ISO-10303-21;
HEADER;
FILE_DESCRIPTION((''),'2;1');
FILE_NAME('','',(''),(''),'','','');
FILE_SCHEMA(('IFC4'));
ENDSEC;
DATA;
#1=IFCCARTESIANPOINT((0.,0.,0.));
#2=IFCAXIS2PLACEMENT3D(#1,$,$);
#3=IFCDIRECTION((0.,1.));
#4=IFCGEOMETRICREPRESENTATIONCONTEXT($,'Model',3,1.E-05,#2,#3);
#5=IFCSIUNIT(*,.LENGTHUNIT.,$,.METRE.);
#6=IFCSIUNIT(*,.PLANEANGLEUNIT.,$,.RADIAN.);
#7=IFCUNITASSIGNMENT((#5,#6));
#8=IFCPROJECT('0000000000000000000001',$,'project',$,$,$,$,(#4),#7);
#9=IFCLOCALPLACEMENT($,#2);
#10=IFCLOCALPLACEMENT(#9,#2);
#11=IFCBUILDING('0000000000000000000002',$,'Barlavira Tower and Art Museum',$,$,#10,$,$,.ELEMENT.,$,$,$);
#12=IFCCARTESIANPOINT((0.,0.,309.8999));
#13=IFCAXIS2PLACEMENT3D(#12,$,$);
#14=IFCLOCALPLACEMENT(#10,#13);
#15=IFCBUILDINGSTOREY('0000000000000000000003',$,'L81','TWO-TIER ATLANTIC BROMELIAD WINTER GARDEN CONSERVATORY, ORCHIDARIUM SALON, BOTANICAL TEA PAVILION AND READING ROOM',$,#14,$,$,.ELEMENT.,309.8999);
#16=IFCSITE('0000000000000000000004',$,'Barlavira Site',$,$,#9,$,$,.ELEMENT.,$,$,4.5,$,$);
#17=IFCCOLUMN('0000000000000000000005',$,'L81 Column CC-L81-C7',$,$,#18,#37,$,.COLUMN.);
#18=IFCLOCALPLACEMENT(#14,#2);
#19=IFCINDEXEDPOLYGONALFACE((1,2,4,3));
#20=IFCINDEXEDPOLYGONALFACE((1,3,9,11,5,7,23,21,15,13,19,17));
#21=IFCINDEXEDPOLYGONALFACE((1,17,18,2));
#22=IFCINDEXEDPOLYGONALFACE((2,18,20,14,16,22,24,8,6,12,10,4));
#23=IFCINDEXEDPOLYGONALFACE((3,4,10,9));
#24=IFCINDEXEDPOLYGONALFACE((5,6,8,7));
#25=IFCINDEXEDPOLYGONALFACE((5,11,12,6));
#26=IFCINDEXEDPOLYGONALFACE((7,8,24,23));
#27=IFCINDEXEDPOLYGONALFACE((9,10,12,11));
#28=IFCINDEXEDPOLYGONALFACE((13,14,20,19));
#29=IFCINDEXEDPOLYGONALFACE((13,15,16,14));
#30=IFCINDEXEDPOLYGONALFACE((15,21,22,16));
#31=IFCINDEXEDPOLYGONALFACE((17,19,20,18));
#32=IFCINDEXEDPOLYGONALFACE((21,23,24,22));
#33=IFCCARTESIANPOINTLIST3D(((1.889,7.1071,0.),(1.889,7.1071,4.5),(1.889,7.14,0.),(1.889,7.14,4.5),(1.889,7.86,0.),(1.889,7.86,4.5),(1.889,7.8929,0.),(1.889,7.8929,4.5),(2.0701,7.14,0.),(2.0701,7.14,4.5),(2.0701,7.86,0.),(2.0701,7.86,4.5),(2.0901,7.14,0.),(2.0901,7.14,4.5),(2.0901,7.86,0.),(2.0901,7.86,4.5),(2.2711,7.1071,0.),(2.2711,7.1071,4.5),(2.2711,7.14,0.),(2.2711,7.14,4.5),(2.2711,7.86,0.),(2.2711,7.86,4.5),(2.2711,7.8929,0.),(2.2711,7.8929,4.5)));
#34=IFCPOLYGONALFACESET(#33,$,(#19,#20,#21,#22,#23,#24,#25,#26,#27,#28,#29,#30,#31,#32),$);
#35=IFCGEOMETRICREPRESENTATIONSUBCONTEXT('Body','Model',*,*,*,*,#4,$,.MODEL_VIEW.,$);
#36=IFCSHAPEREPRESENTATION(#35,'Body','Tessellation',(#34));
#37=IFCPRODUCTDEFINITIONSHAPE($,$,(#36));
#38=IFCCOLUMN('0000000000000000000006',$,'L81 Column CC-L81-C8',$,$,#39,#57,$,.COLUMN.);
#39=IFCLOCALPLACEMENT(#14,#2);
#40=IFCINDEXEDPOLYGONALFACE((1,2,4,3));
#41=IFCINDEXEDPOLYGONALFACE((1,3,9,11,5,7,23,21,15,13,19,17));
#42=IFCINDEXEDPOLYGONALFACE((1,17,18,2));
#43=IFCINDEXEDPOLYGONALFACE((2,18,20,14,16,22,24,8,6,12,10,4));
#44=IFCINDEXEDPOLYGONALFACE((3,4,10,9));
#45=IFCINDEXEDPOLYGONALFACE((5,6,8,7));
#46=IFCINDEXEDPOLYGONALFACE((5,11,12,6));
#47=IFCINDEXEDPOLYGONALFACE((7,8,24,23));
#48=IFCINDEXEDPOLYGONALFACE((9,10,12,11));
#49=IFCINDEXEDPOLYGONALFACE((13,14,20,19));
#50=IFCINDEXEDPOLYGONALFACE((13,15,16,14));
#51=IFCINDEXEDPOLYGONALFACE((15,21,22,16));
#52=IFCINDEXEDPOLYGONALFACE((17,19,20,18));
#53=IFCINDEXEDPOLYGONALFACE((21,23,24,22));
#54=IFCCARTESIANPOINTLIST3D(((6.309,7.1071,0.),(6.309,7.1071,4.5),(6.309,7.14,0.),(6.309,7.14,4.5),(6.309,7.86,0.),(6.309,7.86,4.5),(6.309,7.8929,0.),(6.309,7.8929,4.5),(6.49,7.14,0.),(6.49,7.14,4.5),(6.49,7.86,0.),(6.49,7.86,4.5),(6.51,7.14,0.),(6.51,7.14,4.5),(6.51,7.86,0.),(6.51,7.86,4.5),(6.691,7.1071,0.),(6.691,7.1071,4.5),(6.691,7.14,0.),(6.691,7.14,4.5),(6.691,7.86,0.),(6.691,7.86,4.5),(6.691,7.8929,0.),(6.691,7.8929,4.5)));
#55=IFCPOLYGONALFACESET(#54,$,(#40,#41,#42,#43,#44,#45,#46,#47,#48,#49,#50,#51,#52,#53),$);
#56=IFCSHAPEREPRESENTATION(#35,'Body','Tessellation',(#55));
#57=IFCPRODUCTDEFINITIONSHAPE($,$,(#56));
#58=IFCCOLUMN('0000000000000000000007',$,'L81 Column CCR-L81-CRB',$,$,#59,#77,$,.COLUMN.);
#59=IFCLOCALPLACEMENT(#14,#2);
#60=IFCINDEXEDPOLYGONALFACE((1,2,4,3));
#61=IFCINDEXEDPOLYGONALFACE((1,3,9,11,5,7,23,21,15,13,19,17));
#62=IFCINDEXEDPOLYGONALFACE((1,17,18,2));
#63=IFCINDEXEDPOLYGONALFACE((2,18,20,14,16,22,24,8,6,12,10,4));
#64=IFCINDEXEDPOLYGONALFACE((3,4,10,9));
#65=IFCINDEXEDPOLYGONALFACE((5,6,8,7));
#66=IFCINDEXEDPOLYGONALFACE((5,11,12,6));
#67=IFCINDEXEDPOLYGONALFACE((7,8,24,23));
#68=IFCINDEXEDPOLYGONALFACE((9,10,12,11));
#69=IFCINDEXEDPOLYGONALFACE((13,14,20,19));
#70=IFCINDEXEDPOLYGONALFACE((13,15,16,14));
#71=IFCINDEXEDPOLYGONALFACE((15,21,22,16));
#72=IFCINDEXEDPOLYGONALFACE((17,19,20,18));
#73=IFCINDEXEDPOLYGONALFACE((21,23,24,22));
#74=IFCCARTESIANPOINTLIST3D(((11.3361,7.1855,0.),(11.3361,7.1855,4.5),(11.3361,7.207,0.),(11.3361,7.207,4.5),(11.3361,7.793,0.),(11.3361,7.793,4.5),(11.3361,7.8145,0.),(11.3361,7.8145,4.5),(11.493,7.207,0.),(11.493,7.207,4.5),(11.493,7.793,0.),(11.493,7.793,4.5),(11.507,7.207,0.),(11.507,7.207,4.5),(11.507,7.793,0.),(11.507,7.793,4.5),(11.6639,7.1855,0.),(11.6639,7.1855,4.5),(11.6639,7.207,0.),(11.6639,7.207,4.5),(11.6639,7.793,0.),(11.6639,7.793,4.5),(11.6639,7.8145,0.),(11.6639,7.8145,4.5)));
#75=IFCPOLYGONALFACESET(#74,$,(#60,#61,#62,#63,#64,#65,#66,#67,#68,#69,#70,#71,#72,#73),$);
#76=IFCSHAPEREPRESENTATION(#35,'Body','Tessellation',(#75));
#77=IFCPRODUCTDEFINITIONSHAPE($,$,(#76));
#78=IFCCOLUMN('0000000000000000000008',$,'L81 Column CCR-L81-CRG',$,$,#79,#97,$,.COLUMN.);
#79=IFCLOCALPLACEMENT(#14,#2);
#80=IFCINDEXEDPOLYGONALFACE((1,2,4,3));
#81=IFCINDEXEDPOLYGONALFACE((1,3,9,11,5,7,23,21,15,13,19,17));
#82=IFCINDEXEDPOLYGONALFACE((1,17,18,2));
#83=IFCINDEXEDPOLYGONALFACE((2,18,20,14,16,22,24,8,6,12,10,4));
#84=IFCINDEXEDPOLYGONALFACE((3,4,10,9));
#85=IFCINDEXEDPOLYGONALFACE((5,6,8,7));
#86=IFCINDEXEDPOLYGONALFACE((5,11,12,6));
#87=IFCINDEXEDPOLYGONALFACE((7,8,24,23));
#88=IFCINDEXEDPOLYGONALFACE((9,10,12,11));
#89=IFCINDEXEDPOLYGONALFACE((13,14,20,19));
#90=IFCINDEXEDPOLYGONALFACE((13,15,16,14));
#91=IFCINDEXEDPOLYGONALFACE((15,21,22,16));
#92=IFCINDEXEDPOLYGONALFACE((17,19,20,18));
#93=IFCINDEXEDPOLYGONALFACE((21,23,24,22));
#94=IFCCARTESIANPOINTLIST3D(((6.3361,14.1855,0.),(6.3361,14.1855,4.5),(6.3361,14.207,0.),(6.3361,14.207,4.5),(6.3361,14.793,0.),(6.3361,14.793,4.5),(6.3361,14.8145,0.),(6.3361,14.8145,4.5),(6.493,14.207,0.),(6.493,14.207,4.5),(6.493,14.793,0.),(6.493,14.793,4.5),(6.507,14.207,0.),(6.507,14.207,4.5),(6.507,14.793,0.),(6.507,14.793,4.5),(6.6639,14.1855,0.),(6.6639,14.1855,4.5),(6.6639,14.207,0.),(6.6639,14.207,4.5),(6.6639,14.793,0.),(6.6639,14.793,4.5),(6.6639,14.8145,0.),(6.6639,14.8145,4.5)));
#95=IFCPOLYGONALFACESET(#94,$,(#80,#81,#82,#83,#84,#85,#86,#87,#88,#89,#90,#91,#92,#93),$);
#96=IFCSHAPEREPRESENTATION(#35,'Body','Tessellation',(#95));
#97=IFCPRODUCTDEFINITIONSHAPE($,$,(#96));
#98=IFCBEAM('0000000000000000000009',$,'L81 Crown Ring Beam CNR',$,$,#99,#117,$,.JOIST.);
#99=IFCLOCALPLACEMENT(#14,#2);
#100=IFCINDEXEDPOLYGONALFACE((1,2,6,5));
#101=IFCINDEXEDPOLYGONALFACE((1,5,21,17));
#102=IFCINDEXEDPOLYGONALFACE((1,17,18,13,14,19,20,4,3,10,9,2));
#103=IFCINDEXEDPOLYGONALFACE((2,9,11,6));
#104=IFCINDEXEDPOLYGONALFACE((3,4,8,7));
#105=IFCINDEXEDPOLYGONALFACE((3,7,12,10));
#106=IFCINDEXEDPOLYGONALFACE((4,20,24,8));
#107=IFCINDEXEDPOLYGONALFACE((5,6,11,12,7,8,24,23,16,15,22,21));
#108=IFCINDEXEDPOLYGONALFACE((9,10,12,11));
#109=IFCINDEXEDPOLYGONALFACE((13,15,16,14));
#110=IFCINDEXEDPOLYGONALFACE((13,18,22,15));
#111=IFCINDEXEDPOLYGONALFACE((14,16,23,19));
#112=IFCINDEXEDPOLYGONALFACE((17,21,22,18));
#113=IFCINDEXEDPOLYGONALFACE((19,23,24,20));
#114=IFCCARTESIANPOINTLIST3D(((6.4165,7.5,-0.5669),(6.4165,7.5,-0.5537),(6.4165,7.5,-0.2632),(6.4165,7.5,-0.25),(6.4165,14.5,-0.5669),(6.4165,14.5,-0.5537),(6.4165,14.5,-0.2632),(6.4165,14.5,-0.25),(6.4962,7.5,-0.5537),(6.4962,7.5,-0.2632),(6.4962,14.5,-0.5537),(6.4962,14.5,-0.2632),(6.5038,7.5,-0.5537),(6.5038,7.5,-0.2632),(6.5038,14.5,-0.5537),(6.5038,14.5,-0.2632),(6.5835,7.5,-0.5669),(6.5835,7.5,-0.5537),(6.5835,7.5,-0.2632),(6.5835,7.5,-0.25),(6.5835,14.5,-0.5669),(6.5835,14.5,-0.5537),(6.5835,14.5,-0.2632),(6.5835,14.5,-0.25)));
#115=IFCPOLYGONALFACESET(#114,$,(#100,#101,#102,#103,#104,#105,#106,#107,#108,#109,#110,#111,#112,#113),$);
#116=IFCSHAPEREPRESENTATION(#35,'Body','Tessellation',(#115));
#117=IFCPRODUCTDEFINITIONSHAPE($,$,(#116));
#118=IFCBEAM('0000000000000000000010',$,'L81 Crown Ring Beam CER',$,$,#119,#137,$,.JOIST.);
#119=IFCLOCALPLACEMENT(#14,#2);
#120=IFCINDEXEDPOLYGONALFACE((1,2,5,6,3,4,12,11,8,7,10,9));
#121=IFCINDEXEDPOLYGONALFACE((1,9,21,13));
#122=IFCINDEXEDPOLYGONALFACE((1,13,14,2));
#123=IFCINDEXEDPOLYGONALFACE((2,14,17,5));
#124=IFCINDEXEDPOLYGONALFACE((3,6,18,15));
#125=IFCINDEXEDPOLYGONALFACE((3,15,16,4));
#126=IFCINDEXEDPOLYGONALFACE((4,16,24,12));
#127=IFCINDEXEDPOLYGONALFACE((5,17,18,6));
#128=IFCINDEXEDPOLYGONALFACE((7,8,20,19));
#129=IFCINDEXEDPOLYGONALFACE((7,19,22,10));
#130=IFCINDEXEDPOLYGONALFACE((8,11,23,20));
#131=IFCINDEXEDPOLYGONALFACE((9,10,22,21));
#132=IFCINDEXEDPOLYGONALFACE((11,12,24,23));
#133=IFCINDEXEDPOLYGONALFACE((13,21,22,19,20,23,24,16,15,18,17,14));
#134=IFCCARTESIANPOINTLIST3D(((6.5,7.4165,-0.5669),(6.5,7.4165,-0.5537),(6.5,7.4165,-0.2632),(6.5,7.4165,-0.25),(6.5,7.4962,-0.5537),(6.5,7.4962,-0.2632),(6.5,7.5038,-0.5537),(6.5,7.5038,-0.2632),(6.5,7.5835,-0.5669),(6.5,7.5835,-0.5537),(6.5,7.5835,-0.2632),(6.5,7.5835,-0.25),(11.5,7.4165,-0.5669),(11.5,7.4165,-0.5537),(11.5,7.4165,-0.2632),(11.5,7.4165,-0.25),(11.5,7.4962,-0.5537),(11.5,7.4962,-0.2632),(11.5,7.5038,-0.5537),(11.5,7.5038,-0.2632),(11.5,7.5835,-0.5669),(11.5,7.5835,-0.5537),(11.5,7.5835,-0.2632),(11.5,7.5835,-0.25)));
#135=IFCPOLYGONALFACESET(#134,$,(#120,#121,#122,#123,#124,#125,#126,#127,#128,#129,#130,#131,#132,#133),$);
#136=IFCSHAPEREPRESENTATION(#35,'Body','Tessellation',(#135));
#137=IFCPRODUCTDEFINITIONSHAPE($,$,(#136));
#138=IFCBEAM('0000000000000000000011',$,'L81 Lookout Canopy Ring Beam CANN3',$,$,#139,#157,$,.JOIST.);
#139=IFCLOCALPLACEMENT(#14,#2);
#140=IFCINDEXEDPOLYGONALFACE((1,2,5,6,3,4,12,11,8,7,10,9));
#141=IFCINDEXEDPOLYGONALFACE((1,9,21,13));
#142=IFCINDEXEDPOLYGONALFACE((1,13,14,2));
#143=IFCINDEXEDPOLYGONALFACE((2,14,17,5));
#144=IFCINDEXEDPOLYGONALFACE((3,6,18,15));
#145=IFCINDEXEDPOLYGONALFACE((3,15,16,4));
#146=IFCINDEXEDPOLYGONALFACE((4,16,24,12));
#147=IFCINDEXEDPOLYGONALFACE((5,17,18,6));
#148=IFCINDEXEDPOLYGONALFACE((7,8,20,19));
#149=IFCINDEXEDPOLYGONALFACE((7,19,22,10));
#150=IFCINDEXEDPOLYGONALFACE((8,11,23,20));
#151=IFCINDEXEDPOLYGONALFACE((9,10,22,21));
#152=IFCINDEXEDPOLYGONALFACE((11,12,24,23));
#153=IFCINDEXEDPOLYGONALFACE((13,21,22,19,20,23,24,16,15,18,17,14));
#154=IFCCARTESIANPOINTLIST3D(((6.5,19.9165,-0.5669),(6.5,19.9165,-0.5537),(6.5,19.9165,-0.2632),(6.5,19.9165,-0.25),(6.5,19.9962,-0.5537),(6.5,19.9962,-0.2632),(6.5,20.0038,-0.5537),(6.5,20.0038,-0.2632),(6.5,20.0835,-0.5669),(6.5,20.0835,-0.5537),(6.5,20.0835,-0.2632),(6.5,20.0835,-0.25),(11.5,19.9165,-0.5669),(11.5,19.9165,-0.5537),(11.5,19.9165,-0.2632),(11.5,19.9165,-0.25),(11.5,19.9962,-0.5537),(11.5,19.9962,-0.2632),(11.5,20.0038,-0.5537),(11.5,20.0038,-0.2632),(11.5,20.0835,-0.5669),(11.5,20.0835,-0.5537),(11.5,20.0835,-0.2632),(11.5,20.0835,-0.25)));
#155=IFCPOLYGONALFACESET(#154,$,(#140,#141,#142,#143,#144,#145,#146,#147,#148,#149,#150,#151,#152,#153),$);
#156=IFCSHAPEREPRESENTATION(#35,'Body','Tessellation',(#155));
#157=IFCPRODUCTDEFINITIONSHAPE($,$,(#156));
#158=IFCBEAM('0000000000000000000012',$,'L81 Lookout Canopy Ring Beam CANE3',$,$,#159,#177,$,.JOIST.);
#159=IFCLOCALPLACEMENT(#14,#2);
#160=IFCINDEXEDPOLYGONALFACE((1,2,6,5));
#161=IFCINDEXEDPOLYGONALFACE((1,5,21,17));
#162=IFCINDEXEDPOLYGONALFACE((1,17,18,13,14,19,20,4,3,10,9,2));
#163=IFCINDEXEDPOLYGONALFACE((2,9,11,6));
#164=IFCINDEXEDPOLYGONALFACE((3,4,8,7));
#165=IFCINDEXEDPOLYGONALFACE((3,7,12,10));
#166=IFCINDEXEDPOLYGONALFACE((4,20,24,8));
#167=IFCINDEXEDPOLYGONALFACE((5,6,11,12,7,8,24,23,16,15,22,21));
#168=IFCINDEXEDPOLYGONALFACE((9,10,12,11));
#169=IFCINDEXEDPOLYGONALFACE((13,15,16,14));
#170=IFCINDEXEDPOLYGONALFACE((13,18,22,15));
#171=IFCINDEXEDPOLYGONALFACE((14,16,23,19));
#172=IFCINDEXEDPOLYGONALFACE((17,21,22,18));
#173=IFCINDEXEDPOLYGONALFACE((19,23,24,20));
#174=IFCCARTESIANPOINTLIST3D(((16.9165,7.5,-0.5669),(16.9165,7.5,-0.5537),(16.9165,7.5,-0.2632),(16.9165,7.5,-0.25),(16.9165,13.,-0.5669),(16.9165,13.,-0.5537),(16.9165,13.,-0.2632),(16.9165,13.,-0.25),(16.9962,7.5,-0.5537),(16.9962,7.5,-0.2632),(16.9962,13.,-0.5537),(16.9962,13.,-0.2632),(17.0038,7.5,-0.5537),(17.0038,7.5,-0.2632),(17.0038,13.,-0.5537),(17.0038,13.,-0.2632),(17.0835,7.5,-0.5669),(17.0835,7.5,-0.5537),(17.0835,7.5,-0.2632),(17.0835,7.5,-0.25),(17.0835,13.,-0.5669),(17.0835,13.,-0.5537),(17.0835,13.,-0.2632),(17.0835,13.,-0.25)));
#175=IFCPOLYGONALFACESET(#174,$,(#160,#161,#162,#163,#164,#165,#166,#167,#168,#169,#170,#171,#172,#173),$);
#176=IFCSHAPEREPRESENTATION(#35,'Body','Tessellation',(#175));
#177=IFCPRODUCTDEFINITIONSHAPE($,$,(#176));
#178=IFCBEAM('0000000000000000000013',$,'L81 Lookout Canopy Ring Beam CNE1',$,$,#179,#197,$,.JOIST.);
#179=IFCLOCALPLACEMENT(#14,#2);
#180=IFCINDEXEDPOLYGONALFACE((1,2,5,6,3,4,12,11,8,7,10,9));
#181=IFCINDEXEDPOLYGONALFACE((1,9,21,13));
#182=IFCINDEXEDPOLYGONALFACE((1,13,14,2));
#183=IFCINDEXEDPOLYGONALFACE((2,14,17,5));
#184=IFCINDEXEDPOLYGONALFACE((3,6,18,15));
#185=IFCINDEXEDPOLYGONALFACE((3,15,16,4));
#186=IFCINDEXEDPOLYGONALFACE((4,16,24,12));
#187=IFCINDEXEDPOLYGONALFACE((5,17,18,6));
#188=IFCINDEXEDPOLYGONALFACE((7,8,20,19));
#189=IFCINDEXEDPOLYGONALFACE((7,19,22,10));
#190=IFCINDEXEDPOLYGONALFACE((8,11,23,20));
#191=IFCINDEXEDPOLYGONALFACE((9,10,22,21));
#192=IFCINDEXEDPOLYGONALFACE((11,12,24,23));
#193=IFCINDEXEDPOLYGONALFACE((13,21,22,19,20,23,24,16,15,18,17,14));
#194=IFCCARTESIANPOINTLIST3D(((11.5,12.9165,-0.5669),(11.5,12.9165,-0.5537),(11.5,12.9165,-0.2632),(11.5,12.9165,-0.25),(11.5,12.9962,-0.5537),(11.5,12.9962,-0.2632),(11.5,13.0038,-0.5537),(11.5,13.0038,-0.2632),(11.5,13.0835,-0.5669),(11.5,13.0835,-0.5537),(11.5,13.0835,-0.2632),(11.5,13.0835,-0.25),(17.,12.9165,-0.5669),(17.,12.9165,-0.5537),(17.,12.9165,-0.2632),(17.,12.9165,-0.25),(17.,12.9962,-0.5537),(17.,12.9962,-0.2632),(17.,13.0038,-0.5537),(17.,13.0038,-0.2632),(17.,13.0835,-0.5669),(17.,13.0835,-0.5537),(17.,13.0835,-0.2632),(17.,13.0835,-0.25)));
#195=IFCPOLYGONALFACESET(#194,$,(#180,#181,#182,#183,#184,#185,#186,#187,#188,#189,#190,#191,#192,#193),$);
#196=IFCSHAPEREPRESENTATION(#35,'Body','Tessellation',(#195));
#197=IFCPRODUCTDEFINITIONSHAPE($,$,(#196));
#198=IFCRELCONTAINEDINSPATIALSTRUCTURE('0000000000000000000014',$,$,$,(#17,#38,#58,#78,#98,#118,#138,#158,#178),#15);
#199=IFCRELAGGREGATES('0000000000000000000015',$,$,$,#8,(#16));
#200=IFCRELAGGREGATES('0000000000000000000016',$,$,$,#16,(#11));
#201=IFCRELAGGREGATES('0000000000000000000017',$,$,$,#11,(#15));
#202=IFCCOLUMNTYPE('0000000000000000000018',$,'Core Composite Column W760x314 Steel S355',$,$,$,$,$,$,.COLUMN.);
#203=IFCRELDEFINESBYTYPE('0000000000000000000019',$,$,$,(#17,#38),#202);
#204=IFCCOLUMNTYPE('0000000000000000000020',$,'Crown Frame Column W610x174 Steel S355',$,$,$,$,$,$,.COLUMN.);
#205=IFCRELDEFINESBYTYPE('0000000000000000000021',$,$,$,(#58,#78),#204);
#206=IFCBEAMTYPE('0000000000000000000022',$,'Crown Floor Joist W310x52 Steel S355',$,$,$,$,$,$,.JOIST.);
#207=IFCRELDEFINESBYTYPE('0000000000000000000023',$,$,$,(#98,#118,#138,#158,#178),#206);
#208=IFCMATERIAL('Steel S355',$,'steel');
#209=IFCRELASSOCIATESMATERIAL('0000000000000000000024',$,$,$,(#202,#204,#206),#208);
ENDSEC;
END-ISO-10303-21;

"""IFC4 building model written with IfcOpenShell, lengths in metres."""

from ifc_helpers import new_model, si_unit, direction, frame, origin, origin_2d, place, context, subcontext, project, spatial, i_section, extrude, material, material_profile, profile_set, type_object, element, save


model = new_model("IFC4")

# Units and contexts
model_context = context("Model", 3, precision=1e-05, world=origin(), true_north=direction((0.0, 1.0)))
body_context = subcontext(model_context, "Body", "Model", "MODEL_VIEW")
ifc_project = project(units=[si_unit("LENGTHUNIT", "METRE"), si_unit("PLANEANGLEUNIT", "RADIAN")], contexts=[model_context])

# Site, building, storey
site_placement = place(None, origin())
site = spatial("IfcSite", under=ifc_project, at=site_placement, Name="Barlavira Site", CompositionType="ELEMENT", RefElevation=4.5)
building_placement = place(site_placement, origin())
building = spatial("IfcBuilding", under=site, at=building_placement, Name="Barlavira Tower and Art Museum", CompositionType="ELEMENT")
storey_placement = place(building_placement, frame((0.0, 0.0, 309.8999)))
storey = spatial("IfcBuildingStorey", under=building, at=storey_placement, Name="L81", Description="TWO-TIER ATLANTIC BROMELIAD WINTER GARDEN CONSERVATORY, ORCHIDARIUM SALON, BOTANICAL TEA PAVILION AND READING ROOM", CompositionType="ELEMENT", Elevation=309.8999)

# Columns
ifc_material_1 = material(Name="Steel S355", Category="steel")
ifc_material_profile_1 = material_profile(ifc_material_1, i_section(OverallWidth=0.3821, OverallDepth=0.7859, WebThickness=0.02, FlangeThickness=0.033, at=origin_2d()), Name="W760x314.0")
ifc_profile_set_1 = profile_set([ifc_material_profile_1], Name="Steel S355")
column_type_1 = type_object("IfcColumnType", Name="Core Composite Column W760x314 Steel S355", PredefinedType="COLUMN", material=ifc_profile_set_1)
for number, where, z_axis, x_axis, name in (
    (1, (2.0801, 7.5, 0.0), (0.0, 0.0, 1.0), (1.0, 0.0, 0.0), "L81 Column CC-L81-C7"),
    (2, (6.5, 7.5, 0.0), (0.0, 0.0, 1.0), (1.0, 0.0, 0.0), "L81 Column CC-L81-C8"),
):
    element("IfcColumn", number, at=place(storey_placement, frame(where, z_axis=z_axis, x_axis=x_axis)), inside=storey, type_object=column_type_1, Name=name, PredefinedType="COLUMN", context=body_context, shape_type="SweptSolid", body=[
        extrude(i_section(OverallWidth=0.3821, OverallDepth=0.7859, WebThickness=0.02, FlangeThickness=0.033, at=origin_2d()), origin(), (0.0, 0.0, 1.0), 4.5),
    ])
ifc_material_profile_2 = material_profile(ifc_material_1, i_section(OverallWidth=0.3279, OverallDepth=0.6289, WebThickness=0.0139, FlangeThickness=0.0215, at=origin_2d()), Name="W610x174.0")
ifc_profile_set_2 = profile_set([ifc_material_profile_2], Name="Steel S355")
column_type_2 = type_object("IfcColumnType", Name="Crown Frame Column W610x174 Steel S355", PredefinedType="COLUMN", material=ifc_profile_set_2)
for number, where, z_axis, x_axis, name in (
    (3, (11.5, 7.5, 0.0), (0.0, 0.0, 1.0), (1.0, 0.0, 0.0), "L81 Column CCR-L81-CRB"),
    (4, (6.5, 14.5, 0.0), (0.0, 0.0, 1.0), (1.0, 0.0, 0.0), "L81 Column CCR-L81-CRG"),
):
    element("IfcColumn", number, at=place(storey_placement, frame(where, z_axis=z_axis, x_axis=x_axis)), inside=storey, type_object=column_type_2, Name=name, PredefinedType="COLUMN", context=body_context, shape_type="SweptSolid", body=[
        extrude(i_section(OverallWidth=0.3279, OverallDepth=0.6289, WebThickness=0.0139, FlangeThickness=0.0215, at=origin_2d()), origin(), (0.0, 0.0, 1.0), 4.5),
    ])

# Beams
ifc_material_profile_3 = material_profile(ifc_material_1, i_section(OverallWidth=0.167, OverallDepth=0.3169, WebThickness=0.0076, FlangeThickness=0.0132, at=origin_2d()), Name="W310x52.0")
ifc_profile_set_3 = profile_set([ifc_material_profile_3], Name="Steel S355")
beam_type = type_object("IfcBeamType", Name="Crown Floor Joist W310x52 Steel S355", PredefinedType="JOIST", material=ifc_profile_set_3)
beam_1_placement = place(storey_placement, frame((6.5, 7.5, -0.4084), z_axis=(0.0, 1.0, 0.0), x_axis=(-1.0, 0.0, 0.0)))
element("IfcBeam", 5, at=beam_1_placement, inside=storey, type_object=beam_type, Name="L81 Crown Ring Beam CNR", PredefinedType="JOIST", context=body_context, shape_type="SweptSolid", body=[
    extrude(i_section(OverallWidth=0.167, OverallDepth=0.3169, WebThickness=0.0076, FlangeThickness=0.0132, at=origin_2d()), origin(), (0.0, 0.0, 1.0), 7.0),
])
for number, where, z_axis, x_axis, name in (
    (6, (6.5, 7.5, -0.4084), (1.0, 0.0, 0.0), (0.0, 1.0, 0.0), "L81 Crown Ring Beam CER"),
    (7, (6.5, 20.0, -0.4084), (1.0, 0.0, 0.0), (0.0, 1.0, 0.0), "L81 Lookout Canopy Ring Beam CANN3"),
):
    element("IfcBeam", number, at=place(storey_placement, frame(where, z_axis=z_axis, x_axis=x_axis)), inside=storey, type_object=beam_type, Name=name, PredefinedType="JOIST", context=body_context, shape_type="SweptSolid", body=[
        extrude(i_section(OverallWidth=0.167, OverallDepth=0.3169, WebThickness=0.0076, FlangeThickness=0.0132, at=origin_2d()), origin(), (0.0, 0.0, 1.0), 5.0),
    ])
for number, where, z_axis, x_axis, name in (
    (8, (17.0, 7.5, -0.4084), (0.0, 1.0, 0.0), (-1.0, 0.0, 0.0), "L81 Lookout Canopy Ring Beam CANE3"),
    (9, (11.5, 13.0, -0.4084), (1.0, 0.0, 0.0), (0.0, 1.0, 0.0), "L81 Lookout Canopy Ring Beam CNE1"),
):
    element("IfcBeam", number, at=place(storey_placement, frame(where, z_axis=z_axis, x_axis=x_axis)), inside=storey, type_object=beam_type, Name=name, PredefinedType="JOIST", context=body_context, shape_type="SweptSolid", body=[
        extrude(i_section(OverallWidth=0.167, OverallDepth=0.3169, WebThickness=0.0076, FlangeThickness=0.0132, at=origin_2d()), origin(), (0.0, 0.0, 1.0), 5.5),
    ])

save(model, "model.ifc")
